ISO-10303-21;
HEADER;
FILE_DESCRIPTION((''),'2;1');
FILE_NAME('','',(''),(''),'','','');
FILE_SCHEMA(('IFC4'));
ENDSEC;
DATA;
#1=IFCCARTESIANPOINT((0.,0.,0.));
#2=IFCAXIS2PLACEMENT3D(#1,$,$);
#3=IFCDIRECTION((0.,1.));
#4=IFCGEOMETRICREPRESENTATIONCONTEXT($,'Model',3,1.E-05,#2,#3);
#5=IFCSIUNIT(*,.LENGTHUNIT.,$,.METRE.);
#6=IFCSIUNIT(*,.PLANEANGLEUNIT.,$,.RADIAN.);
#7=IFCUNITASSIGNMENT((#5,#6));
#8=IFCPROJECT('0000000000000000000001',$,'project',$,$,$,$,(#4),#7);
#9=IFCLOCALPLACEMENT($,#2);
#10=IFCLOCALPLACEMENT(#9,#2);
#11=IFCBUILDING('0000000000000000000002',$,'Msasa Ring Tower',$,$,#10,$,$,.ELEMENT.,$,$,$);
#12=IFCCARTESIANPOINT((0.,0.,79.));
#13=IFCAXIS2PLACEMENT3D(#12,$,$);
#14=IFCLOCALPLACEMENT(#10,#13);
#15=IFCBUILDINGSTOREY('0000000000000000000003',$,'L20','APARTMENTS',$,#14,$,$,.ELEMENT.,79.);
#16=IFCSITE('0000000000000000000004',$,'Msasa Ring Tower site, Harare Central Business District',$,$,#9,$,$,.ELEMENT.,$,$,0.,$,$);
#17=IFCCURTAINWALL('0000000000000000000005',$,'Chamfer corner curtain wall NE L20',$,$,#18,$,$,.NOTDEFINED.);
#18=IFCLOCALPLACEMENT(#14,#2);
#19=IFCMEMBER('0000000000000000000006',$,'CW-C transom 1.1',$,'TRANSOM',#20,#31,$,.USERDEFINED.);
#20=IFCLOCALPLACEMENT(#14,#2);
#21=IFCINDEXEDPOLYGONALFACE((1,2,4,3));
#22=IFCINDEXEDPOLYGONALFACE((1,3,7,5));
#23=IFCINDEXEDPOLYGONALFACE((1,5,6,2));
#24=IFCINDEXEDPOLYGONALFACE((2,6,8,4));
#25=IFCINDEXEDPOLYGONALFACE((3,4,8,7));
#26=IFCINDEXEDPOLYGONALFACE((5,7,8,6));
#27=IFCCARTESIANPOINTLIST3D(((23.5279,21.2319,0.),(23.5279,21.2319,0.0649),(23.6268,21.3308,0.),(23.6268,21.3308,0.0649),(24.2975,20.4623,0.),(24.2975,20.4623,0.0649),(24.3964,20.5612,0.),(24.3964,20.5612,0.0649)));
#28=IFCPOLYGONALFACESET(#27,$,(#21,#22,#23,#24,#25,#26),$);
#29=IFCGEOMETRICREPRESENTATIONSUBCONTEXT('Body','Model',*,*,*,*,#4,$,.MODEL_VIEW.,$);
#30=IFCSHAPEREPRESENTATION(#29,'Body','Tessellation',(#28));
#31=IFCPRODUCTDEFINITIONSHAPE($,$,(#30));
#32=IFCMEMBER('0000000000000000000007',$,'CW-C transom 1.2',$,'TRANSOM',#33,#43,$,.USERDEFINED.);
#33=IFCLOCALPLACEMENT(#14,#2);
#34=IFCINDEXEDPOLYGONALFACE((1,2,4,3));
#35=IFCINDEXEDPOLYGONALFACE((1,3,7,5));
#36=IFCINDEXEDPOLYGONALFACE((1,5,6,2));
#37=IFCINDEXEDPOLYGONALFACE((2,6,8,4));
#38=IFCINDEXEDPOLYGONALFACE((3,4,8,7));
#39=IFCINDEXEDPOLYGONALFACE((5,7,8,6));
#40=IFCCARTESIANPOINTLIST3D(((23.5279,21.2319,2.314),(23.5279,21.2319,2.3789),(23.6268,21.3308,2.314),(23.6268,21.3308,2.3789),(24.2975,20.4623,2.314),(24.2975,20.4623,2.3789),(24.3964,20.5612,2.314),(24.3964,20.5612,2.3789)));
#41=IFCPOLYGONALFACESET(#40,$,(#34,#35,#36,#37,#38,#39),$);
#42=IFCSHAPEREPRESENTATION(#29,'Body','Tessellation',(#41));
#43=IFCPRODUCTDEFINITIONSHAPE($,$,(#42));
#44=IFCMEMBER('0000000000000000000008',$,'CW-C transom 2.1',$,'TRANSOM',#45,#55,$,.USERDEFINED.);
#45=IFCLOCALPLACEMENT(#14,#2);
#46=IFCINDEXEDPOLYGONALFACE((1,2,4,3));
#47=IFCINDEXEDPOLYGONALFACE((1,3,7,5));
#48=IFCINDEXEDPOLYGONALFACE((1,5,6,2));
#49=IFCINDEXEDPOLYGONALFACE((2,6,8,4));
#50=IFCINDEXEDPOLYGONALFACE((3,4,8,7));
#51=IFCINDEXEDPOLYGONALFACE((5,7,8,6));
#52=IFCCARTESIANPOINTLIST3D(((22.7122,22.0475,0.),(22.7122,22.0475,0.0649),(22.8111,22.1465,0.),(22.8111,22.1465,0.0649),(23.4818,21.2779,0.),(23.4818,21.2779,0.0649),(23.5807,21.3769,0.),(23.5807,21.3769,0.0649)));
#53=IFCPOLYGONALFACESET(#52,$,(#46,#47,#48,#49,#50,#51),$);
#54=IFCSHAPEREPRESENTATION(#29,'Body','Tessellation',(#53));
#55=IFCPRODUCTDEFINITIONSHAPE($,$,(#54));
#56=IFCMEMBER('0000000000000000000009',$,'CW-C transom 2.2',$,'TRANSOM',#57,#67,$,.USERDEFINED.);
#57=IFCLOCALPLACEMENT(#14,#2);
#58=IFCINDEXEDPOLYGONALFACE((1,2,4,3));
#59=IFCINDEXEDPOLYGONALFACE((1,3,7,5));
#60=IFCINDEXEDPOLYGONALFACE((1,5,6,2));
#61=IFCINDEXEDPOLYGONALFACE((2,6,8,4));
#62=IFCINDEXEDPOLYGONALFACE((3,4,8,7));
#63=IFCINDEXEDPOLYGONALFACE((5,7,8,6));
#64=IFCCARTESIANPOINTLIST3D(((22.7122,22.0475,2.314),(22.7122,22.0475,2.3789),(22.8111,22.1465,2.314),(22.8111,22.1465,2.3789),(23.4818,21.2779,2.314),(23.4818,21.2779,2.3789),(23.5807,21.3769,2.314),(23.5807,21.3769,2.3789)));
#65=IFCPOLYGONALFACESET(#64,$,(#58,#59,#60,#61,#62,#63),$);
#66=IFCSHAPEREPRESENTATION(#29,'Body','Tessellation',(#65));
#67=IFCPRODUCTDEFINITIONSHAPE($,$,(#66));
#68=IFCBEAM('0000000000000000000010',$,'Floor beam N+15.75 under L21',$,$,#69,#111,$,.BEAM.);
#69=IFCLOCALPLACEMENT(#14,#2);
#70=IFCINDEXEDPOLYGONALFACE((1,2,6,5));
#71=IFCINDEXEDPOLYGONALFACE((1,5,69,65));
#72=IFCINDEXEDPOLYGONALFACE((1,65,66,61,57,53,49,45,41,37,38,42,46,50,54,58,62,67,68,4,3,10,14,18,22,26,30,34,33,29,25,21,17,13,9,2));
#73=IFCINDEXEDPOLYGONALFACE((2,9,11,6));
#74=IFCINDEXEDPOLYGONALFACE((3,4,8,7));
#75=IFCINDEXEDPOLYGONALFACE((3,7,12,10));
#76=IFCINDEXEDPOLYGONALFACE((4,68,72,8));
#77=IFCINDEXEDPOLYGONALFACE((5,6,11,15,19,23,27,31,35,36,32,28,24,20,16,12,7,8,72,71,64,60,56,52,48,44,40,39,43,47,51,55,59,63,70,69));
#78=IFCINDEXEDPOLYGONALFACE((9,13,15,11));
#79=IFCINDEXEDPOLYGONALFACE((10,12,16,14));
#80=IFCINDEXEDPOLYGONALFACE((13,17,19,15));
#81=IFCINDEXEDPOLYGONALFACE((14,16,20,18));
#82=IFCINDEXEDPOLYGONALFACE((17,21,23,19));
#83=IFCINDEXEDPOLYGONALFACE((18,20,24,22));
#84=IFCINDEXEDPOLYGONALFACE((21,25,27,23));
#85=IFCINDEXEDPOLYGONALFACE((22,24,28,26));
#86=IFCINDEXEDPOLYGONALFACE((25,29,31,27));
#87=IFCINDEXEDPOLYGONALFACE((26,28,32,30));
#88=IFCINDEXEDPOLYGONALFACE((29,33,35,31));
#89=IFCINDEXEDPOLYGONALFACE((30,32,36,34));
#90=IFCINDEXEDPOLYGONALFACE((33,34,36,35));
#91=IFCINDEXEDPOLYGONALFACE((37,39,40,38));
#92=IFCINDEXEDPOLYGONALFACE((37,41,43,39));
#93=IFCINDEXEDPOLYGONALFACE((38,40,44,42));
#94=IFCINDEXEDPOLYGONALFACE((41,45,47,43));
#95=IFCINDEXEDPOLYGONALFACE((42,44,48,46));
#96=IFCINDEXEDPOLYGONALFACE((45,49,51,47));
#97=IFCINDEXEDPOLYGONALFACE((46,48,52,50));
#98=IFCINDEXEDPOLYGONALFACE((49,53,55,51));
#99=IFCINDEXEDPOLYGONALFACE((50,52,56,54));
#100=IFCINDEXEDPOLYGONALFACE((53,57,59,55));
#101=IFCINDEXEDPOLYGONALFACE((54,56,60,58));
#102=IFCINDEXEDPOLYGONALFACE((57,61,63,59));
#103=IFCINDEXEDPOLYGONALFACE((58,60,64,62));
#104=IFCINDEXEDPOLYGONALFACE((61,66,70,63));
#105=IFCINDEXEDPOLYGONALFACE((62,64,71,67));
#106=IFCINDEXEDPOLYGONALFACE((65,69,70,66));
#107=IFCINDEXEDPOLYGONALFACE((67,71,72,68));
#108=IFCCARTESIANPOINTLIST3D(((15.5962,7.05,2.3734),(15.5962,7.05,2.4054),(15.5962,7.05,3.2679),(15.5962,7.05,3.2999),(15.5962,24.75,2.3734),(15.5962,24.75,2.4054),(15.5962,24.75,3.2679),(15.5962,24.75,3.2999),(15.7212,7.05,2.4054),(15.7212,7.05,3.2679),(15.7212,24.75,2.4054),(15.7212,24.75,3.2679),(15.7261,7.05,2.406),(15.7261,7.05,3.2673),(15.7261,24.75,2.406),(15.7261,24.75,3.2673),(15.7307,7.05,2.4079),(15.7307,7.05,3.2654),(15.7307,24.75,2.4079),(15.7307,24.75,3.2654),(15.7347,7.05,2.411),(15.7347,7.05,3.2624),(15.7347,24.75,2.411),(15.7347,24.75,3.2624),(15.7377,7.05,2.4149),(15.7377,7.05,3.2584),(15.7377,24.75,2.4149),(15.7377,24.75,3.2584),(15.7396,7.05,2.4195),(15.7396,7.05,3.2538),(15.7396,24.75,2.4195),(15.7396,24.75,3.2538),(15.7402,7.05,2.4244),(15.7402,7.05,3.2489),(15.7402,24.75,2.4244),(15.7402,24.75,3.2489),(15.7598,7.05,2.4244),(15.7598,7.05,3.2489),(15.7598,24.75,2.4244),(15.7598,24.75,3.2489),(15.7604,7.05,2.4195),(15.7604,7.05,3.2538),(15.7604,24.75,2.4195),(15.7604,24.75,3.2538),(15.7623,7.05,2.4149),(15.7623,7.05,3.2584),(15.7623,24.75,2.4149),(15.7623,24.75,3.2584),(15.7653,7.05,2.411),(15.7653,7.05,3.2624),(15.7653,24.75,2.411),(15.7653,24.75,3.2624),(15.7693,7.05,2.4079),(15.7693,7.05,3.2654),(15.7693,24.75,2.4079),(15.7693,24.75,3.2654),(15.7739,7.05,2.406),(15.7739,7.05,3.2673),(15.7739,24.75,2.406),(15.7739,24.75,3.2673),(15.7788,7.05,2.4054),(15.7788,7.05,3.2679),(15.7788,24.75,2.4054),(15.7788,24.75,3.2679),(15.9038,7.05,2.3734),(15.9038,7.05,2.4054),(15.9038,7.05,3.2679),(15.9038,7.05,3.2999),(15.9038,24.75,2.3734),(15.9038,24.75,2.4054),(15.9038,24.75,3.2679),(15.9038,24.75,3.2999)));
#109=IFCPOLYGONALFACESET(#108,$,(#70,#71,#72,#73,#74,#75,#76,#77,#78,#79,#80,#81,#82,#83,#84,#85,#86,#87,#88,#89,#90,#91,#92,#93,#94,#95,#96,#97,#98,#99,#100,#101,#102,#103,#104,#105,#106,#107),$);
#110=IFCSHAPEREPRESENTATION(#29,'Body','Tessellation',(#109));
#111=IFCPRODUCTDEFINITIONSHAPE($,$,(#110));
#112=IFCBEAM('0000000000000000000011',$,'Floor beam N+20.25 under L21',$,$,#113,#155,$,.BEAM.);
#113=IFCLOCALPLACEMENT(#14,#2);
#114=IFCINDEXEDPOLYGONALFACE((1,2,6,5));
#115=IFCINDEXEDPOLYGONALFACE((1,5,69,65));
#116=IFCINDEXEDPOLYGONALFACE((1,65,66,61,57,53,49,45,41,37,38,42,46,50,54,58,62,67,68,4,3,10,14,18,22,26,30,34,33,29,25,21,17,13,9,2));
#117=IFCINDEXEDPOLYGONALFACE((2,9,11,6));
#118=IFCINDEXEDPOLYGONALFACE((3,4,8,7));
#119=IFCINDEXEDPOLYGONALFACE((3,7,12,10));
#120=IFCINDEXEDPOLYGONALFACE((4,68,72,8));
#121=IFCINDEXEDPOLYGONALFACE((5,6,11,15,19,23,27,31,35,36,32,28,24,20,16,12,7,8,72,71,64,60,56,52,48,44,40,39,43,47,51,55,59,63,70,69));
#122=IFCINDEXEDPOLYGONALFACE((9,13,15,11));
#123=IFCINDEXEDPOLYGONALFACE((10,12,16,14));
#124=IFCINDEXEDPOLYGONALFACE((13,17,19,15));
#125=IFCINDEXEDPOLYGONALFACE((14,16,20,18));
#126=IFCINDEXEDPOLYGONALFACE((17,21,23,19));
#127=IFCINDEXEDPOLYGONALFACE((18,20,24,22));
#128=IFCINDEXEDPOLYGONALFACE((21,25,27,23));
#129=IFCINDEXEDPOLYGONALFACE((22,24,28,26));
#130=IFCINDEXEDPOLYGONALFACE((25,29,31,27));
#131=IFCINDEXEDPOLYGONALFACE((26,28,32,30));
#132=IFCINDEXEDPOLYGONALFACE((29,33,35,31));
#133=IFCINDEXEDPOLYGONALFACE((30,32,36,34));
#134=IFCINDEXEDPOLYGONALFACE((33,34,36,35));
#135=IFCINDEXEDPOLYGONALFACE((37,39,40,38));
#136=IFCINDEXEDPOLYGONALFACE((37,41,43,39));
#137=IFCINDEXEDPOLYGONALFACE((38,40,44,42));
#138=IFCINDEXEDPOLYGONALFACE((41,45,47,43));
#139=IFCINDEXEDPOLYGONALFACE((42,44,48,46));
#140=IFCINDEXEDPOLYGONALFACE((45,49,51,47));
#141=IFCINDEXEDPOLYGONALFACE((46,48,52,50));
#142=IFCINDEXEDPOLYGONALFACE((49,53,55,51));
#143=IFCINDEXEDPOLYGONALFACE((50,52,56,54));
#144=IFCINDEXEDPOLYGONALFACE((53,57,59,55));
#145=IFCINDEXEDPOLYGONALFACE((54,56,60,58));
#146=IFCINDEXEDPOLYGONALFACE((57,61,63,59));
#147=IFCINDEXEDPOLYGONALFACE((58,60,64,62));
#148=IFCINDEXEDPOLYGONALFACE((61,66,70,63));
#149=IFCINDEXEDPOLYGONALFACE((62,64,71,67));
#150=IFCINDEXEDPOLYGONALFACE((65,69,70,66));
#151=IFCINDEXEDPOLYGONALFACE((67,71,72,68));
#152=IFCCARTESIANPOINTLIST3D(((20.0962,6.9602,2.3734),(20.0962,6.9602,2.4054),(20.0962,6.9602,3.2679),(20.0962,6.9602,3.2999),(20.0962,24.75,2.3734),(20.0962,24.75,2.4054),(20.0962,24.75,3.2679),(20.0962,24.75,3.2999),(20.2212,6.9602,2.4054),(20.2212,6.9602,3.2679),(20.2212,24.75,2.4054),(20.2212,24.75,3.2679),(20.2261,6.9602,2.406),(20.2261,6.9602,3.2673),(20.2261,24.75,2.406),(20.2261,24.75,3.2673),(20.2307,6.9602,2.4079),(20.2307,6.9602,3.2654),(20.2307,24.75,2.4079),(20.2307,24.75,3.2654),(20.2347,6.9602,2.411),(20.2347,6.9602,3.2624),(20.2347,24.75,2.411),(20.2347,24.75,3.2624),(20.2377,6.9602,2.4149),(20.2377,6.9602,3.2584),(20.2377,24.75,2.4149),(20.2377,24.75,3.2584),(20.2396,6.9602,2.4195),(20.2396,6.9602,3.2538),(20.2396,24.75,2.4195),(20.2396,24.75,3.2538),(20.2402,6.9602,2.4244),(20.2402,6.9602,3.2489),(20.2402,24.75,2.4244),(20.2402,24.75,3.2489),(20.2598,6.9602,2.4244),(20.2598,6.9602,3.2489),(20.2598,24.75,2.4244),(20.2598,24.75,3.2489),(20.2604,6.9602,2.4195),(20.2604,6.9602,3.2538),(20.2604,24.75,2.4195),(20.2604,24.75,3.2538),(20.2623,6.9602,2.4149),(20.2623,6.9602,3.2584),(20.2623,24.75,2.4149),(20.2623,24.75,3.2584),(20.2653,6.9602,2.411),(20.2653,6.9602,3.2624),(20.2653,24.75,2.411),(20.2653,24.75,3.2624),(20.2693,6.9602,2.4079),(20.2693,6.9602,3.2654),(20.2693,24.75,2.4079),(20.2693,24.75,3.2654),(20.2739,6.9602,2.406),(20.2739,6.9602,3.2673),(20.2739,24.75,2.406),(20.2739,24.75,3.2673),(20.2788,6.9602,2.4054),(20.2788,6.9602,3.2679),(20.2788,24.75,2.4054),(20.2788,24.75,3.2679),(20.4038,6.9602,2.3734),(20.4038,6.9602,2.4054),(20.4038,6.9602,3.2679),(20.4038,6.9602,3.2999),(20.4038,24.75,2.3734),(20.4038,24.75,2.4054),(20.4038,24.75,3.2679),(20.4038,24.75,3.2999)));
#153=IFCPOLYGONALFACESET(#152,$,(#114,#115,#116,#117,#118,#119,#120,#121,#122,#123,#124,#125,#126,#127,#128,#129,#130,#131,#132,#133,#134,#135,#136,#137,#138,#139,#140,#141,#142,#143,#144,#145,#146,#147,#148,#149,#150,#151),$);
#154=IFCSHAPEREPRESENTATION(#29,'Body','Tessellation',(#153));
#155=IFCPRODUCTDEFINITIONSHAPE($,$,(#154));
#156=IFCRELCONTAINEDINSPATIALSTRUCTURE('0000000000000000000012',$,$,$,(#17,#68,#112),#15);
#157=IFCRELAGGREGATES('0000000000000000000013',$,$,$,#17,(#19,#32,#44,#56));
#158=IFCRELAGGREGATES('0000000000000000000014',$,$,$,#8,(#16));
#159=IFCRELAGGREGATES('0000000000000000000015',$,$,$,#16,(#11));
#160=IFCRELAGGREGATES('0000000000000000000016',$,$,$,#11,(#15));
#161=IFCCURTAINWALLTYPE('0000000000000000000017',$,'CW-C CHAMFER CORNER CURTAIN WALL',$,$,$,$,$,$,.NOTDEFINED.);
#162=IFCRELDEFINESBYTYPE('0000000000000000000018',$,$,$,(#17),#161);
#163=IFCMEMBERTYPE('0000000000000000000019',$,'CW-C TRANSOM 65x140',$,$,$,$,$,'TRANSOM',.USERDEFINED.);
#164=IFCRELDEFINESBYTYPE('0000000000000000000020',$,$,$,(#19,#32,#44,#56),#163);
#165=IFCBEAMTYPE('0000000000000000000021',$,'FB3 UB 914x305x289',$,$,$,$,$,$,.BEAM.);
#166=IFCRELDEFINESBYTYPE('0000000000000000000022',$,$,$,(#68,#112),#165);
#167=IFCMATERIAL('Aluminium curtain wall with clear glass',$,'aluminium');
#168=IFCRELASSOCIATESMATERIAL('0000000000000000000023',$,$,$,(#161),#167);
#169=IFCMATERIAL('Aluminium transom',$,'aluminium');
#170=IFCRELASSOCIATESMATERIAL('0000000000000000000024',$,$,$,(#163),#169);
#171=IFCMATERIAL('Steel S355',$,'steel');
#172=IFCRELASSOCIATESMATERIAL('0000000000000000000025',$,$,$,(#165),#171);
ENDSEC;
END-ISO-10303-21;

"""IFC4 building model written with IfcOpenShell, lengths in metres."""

from ifc_helpers import new_model, si_unit, direction, frame, origin, origin_2d, place, context, subcontext, project, spatial, rectangle, i_section, extrude, material, material_profile, profile_set, type_object, element, aggregate, save


model = new_model("IFC4")

# Units and contexts
model_context = context("Model", 3, precision=1e-05, world=origin(), true_north=direction((0.0, 1.0)))
body_context = subcontext(model_context, "Body", "Model", "MODEL_VIEW")
ifc_project = project(units=[si_unit("LENGTHUNIT", "METRE"), si_unit("PLANEANGLEUNIT", "RADIAN")], contexts=[model_context])

# Site, building, storey
site_placement = place(None, origin())
site = spatial("IfcSite", under=ifc_project, at=site_placement, Name="Msasa Ring Tower site, Harare Central Business District", CompositionType="ELEMENT", RefElevation=0.0)
building_placement = place(site_placement, origin())
building = spatial("IfcBuilding", under=site, at=building_placement, Name="Msasa Ring Tower", CompositionType="ELEMENT")
storey_placement = place(building_placement, frame((0.0, 0.0, 79.0)))
storey = spatial("IfcBuildingStorey", under=building, at=storey_placement, Name="L20", Description="APARTMENTS", CompositionType="ELEMENT", Elevation=79.0)

# Curtain wall
ifc_material_1 = material(Name="Aluminium curtain wall with clear glass", Category="aluminium")
curtain_wall_type = type_object("IfcCurtainWallType", Name="CW-C CHAMFER CORNER CURTAIN WALL", PredefinedType="NOTDEFINED", material=ifc_material_1)
curtain_wall_1_placement = place(storey_placement, origin())
curtain_wall_1 = element("IfcCurtainWall", 1, at=curtain_wall_1_placement, inside=storey, type_object=curtain_wall_type, Name="Chamfer corner curtain wall NE L20", PredefinedType="NOTDEFINED")

# Members
ifc_material_2 = material(Name="Aluminium transom", Category="aluminium")
ifc_material_profile_1 = material_profile(ifc_material_2, rectangle(XDim=0.1399, YDim=0.0649, at=origin_2d()), Name="AL 65x140")
ifc_profile_set_1 = profile_set([ifc_material_profile_1], Name="Aluminium transom")
member_type_1 = type_object("IfcMemberType", Name="CW-C TRANSOM 65x140", ElementType="TRANSOM", PredefinedType="USERDEFINED", material=ifc_profile_set_1)
member_1_placement = place(storey_placement, frame((24.3469, 20.5117, 0.0325), z_axis=(-0.707107, 0.707107, 0.0), x_axis=(-0.707107, -0.707107, 0.0)))
member_1 = element("IfcMember", 2, at=member_1_placement, type_object=member_type_1, Name="CW-C transom 1.1", ObjectType="TRANSOM", PredefinedType="USERDEFINED", context=body_context, shape_type="SweptSolid", body=[
    extrude(rectangle(XDim=0.1399, YDim=0.0649, at=origin_2d()), origin(), (0.0, 0.0, 1.0), 1.0884),
])
member_2_placement = place(storey_placement, frame((24.3469, 20.5117, 2.3464), z_axis=(-0.707107, 0.707107, 0.0), x_axis=(-0.707107, -0.707107, 0.0)))
member_2 = element("IfcMember", 3, at=member_2_placement, type_object=member_type_1, Name="CW-C transom 1.2", ObjectType="TRANSOM", PredefinedType="USERDEFINED", context=body_context, shape_type="SweptSolid", body=[
    extrude(rectangle(XDim=0.1399, YDim=0.0649, at=origin_2d()), origin(), (0.0, 0.0, 1.0), 1.0884),
])
member_3_placement = place(storey_placement, frame((23.5312, 21.3274, 0.0325), z_axis=(-0.707107, 0.707107, 0.0), x_axis=(-0.707107, -0.707107, 0.0)))
member_3 = element("IfcMember", 4, at=member_3_placement, type_object=member_type_1, Name="CW-C transom 2.1", ObjectType="TRANSOM", PredefinedType="USERDEFINED", context=body_context, shape_type="SweptSolid", body=[
    extrude(rectangle(XDim=0.1399, YDim=0.0649, at=origin_2d()), origin(), (0.0, 0.0, 1.0), 1.0884),
])
member_4_placement = place(storey_placement, frame((23.5312, 21.3274, 2.3464), z_axis=(-0.707107, 0.707107, 0.0), x_axis=(-0.707107, -0.707107, 0.0)))
member_4 = element("IfcMember", 5, at=member_4_placement, type_object=member_type_1, Name="CW-C transom 2.2", ObjectType="TRANSOM", PredefinedType="USERDEFINED", context=body_context, shape_type="SweptSolid", body=[
    extrude(rectangle(XDim=0.1399, YDim=0.0649, at=origin_2d()), origin(), (0.0, 0.0, 1.0), 1.0884),
])

# Beams
ifc_material_3 = material(Name="Steel S355", Category="steel")
ifc_material_profile_2 = material_profile(ifc_material_3, i_section(OverallWidth=0.3076, OverallDepth=0.9265, WebThickness=0.0195, FlangeThickness=0.032, FilletRadius=0.019, at=origin_2d()), Name="UB 914x305x289")
ifc_profile_set_2 = profile_set([ifc_material_profile_2], Name="Steel S355")
beam_type_1 = type_object("IfcBeamType", Name="FB3 UB 914x305x289", PredefinedType="BEAM", material=ifc_profile_set_2)
beam_1_placement = place(storey_placement, frame((15.75, 24.75, 2.8367), z_axis=(0.0, -1.0, 0.0), x_axis=(1.0, 0.0, 0.0)))
element("IfcBeam", 6, at=beam_1_placement, inside=storey, type_object=beam_type_1, Name="Floor beam N+15.75 under L21", PredefinedType="BEAM", context=body_context, shape_type="SweptSolid", body=[
    extrude(i_section(OverallWidth=0.3076, OverallDepth=0.9265, WebThickness=0.0195, FlangeThickness=0.032, FilletRadius=0.019, at=origin_2d()), origin(), (0.0, 0.0, 1.0), 17.7),
])
beam_2_placement = place(storey_placement, frame((20.25, 24.75, 2.8367), z_axis=(0.0, -1.0, 0.0), x_axis=(1.0, 0.0, 0.0)))
element("IfcBeam", 7, at=beam_2_placement, inside=storey, type_object=beam_type_1, Name="Floor beam N+20.25 under L21", PredefinedType="BEAM", context=body_context, shape_type="SweptSolid", body=[
    extrude(i_section(OverallWidth=0.3076, OverallDepth=0.9265, WebThickness=0.0195, FlangeThickness=0.032, FilletRadius=0.019, at=origin_2d()), origin(), (0.0, 0.0, 1.0), 17.7898),
])

aggregate(curtain_wall_1, [member_1, member_2, member_3, member_4])

save(model, "model.ifc")
